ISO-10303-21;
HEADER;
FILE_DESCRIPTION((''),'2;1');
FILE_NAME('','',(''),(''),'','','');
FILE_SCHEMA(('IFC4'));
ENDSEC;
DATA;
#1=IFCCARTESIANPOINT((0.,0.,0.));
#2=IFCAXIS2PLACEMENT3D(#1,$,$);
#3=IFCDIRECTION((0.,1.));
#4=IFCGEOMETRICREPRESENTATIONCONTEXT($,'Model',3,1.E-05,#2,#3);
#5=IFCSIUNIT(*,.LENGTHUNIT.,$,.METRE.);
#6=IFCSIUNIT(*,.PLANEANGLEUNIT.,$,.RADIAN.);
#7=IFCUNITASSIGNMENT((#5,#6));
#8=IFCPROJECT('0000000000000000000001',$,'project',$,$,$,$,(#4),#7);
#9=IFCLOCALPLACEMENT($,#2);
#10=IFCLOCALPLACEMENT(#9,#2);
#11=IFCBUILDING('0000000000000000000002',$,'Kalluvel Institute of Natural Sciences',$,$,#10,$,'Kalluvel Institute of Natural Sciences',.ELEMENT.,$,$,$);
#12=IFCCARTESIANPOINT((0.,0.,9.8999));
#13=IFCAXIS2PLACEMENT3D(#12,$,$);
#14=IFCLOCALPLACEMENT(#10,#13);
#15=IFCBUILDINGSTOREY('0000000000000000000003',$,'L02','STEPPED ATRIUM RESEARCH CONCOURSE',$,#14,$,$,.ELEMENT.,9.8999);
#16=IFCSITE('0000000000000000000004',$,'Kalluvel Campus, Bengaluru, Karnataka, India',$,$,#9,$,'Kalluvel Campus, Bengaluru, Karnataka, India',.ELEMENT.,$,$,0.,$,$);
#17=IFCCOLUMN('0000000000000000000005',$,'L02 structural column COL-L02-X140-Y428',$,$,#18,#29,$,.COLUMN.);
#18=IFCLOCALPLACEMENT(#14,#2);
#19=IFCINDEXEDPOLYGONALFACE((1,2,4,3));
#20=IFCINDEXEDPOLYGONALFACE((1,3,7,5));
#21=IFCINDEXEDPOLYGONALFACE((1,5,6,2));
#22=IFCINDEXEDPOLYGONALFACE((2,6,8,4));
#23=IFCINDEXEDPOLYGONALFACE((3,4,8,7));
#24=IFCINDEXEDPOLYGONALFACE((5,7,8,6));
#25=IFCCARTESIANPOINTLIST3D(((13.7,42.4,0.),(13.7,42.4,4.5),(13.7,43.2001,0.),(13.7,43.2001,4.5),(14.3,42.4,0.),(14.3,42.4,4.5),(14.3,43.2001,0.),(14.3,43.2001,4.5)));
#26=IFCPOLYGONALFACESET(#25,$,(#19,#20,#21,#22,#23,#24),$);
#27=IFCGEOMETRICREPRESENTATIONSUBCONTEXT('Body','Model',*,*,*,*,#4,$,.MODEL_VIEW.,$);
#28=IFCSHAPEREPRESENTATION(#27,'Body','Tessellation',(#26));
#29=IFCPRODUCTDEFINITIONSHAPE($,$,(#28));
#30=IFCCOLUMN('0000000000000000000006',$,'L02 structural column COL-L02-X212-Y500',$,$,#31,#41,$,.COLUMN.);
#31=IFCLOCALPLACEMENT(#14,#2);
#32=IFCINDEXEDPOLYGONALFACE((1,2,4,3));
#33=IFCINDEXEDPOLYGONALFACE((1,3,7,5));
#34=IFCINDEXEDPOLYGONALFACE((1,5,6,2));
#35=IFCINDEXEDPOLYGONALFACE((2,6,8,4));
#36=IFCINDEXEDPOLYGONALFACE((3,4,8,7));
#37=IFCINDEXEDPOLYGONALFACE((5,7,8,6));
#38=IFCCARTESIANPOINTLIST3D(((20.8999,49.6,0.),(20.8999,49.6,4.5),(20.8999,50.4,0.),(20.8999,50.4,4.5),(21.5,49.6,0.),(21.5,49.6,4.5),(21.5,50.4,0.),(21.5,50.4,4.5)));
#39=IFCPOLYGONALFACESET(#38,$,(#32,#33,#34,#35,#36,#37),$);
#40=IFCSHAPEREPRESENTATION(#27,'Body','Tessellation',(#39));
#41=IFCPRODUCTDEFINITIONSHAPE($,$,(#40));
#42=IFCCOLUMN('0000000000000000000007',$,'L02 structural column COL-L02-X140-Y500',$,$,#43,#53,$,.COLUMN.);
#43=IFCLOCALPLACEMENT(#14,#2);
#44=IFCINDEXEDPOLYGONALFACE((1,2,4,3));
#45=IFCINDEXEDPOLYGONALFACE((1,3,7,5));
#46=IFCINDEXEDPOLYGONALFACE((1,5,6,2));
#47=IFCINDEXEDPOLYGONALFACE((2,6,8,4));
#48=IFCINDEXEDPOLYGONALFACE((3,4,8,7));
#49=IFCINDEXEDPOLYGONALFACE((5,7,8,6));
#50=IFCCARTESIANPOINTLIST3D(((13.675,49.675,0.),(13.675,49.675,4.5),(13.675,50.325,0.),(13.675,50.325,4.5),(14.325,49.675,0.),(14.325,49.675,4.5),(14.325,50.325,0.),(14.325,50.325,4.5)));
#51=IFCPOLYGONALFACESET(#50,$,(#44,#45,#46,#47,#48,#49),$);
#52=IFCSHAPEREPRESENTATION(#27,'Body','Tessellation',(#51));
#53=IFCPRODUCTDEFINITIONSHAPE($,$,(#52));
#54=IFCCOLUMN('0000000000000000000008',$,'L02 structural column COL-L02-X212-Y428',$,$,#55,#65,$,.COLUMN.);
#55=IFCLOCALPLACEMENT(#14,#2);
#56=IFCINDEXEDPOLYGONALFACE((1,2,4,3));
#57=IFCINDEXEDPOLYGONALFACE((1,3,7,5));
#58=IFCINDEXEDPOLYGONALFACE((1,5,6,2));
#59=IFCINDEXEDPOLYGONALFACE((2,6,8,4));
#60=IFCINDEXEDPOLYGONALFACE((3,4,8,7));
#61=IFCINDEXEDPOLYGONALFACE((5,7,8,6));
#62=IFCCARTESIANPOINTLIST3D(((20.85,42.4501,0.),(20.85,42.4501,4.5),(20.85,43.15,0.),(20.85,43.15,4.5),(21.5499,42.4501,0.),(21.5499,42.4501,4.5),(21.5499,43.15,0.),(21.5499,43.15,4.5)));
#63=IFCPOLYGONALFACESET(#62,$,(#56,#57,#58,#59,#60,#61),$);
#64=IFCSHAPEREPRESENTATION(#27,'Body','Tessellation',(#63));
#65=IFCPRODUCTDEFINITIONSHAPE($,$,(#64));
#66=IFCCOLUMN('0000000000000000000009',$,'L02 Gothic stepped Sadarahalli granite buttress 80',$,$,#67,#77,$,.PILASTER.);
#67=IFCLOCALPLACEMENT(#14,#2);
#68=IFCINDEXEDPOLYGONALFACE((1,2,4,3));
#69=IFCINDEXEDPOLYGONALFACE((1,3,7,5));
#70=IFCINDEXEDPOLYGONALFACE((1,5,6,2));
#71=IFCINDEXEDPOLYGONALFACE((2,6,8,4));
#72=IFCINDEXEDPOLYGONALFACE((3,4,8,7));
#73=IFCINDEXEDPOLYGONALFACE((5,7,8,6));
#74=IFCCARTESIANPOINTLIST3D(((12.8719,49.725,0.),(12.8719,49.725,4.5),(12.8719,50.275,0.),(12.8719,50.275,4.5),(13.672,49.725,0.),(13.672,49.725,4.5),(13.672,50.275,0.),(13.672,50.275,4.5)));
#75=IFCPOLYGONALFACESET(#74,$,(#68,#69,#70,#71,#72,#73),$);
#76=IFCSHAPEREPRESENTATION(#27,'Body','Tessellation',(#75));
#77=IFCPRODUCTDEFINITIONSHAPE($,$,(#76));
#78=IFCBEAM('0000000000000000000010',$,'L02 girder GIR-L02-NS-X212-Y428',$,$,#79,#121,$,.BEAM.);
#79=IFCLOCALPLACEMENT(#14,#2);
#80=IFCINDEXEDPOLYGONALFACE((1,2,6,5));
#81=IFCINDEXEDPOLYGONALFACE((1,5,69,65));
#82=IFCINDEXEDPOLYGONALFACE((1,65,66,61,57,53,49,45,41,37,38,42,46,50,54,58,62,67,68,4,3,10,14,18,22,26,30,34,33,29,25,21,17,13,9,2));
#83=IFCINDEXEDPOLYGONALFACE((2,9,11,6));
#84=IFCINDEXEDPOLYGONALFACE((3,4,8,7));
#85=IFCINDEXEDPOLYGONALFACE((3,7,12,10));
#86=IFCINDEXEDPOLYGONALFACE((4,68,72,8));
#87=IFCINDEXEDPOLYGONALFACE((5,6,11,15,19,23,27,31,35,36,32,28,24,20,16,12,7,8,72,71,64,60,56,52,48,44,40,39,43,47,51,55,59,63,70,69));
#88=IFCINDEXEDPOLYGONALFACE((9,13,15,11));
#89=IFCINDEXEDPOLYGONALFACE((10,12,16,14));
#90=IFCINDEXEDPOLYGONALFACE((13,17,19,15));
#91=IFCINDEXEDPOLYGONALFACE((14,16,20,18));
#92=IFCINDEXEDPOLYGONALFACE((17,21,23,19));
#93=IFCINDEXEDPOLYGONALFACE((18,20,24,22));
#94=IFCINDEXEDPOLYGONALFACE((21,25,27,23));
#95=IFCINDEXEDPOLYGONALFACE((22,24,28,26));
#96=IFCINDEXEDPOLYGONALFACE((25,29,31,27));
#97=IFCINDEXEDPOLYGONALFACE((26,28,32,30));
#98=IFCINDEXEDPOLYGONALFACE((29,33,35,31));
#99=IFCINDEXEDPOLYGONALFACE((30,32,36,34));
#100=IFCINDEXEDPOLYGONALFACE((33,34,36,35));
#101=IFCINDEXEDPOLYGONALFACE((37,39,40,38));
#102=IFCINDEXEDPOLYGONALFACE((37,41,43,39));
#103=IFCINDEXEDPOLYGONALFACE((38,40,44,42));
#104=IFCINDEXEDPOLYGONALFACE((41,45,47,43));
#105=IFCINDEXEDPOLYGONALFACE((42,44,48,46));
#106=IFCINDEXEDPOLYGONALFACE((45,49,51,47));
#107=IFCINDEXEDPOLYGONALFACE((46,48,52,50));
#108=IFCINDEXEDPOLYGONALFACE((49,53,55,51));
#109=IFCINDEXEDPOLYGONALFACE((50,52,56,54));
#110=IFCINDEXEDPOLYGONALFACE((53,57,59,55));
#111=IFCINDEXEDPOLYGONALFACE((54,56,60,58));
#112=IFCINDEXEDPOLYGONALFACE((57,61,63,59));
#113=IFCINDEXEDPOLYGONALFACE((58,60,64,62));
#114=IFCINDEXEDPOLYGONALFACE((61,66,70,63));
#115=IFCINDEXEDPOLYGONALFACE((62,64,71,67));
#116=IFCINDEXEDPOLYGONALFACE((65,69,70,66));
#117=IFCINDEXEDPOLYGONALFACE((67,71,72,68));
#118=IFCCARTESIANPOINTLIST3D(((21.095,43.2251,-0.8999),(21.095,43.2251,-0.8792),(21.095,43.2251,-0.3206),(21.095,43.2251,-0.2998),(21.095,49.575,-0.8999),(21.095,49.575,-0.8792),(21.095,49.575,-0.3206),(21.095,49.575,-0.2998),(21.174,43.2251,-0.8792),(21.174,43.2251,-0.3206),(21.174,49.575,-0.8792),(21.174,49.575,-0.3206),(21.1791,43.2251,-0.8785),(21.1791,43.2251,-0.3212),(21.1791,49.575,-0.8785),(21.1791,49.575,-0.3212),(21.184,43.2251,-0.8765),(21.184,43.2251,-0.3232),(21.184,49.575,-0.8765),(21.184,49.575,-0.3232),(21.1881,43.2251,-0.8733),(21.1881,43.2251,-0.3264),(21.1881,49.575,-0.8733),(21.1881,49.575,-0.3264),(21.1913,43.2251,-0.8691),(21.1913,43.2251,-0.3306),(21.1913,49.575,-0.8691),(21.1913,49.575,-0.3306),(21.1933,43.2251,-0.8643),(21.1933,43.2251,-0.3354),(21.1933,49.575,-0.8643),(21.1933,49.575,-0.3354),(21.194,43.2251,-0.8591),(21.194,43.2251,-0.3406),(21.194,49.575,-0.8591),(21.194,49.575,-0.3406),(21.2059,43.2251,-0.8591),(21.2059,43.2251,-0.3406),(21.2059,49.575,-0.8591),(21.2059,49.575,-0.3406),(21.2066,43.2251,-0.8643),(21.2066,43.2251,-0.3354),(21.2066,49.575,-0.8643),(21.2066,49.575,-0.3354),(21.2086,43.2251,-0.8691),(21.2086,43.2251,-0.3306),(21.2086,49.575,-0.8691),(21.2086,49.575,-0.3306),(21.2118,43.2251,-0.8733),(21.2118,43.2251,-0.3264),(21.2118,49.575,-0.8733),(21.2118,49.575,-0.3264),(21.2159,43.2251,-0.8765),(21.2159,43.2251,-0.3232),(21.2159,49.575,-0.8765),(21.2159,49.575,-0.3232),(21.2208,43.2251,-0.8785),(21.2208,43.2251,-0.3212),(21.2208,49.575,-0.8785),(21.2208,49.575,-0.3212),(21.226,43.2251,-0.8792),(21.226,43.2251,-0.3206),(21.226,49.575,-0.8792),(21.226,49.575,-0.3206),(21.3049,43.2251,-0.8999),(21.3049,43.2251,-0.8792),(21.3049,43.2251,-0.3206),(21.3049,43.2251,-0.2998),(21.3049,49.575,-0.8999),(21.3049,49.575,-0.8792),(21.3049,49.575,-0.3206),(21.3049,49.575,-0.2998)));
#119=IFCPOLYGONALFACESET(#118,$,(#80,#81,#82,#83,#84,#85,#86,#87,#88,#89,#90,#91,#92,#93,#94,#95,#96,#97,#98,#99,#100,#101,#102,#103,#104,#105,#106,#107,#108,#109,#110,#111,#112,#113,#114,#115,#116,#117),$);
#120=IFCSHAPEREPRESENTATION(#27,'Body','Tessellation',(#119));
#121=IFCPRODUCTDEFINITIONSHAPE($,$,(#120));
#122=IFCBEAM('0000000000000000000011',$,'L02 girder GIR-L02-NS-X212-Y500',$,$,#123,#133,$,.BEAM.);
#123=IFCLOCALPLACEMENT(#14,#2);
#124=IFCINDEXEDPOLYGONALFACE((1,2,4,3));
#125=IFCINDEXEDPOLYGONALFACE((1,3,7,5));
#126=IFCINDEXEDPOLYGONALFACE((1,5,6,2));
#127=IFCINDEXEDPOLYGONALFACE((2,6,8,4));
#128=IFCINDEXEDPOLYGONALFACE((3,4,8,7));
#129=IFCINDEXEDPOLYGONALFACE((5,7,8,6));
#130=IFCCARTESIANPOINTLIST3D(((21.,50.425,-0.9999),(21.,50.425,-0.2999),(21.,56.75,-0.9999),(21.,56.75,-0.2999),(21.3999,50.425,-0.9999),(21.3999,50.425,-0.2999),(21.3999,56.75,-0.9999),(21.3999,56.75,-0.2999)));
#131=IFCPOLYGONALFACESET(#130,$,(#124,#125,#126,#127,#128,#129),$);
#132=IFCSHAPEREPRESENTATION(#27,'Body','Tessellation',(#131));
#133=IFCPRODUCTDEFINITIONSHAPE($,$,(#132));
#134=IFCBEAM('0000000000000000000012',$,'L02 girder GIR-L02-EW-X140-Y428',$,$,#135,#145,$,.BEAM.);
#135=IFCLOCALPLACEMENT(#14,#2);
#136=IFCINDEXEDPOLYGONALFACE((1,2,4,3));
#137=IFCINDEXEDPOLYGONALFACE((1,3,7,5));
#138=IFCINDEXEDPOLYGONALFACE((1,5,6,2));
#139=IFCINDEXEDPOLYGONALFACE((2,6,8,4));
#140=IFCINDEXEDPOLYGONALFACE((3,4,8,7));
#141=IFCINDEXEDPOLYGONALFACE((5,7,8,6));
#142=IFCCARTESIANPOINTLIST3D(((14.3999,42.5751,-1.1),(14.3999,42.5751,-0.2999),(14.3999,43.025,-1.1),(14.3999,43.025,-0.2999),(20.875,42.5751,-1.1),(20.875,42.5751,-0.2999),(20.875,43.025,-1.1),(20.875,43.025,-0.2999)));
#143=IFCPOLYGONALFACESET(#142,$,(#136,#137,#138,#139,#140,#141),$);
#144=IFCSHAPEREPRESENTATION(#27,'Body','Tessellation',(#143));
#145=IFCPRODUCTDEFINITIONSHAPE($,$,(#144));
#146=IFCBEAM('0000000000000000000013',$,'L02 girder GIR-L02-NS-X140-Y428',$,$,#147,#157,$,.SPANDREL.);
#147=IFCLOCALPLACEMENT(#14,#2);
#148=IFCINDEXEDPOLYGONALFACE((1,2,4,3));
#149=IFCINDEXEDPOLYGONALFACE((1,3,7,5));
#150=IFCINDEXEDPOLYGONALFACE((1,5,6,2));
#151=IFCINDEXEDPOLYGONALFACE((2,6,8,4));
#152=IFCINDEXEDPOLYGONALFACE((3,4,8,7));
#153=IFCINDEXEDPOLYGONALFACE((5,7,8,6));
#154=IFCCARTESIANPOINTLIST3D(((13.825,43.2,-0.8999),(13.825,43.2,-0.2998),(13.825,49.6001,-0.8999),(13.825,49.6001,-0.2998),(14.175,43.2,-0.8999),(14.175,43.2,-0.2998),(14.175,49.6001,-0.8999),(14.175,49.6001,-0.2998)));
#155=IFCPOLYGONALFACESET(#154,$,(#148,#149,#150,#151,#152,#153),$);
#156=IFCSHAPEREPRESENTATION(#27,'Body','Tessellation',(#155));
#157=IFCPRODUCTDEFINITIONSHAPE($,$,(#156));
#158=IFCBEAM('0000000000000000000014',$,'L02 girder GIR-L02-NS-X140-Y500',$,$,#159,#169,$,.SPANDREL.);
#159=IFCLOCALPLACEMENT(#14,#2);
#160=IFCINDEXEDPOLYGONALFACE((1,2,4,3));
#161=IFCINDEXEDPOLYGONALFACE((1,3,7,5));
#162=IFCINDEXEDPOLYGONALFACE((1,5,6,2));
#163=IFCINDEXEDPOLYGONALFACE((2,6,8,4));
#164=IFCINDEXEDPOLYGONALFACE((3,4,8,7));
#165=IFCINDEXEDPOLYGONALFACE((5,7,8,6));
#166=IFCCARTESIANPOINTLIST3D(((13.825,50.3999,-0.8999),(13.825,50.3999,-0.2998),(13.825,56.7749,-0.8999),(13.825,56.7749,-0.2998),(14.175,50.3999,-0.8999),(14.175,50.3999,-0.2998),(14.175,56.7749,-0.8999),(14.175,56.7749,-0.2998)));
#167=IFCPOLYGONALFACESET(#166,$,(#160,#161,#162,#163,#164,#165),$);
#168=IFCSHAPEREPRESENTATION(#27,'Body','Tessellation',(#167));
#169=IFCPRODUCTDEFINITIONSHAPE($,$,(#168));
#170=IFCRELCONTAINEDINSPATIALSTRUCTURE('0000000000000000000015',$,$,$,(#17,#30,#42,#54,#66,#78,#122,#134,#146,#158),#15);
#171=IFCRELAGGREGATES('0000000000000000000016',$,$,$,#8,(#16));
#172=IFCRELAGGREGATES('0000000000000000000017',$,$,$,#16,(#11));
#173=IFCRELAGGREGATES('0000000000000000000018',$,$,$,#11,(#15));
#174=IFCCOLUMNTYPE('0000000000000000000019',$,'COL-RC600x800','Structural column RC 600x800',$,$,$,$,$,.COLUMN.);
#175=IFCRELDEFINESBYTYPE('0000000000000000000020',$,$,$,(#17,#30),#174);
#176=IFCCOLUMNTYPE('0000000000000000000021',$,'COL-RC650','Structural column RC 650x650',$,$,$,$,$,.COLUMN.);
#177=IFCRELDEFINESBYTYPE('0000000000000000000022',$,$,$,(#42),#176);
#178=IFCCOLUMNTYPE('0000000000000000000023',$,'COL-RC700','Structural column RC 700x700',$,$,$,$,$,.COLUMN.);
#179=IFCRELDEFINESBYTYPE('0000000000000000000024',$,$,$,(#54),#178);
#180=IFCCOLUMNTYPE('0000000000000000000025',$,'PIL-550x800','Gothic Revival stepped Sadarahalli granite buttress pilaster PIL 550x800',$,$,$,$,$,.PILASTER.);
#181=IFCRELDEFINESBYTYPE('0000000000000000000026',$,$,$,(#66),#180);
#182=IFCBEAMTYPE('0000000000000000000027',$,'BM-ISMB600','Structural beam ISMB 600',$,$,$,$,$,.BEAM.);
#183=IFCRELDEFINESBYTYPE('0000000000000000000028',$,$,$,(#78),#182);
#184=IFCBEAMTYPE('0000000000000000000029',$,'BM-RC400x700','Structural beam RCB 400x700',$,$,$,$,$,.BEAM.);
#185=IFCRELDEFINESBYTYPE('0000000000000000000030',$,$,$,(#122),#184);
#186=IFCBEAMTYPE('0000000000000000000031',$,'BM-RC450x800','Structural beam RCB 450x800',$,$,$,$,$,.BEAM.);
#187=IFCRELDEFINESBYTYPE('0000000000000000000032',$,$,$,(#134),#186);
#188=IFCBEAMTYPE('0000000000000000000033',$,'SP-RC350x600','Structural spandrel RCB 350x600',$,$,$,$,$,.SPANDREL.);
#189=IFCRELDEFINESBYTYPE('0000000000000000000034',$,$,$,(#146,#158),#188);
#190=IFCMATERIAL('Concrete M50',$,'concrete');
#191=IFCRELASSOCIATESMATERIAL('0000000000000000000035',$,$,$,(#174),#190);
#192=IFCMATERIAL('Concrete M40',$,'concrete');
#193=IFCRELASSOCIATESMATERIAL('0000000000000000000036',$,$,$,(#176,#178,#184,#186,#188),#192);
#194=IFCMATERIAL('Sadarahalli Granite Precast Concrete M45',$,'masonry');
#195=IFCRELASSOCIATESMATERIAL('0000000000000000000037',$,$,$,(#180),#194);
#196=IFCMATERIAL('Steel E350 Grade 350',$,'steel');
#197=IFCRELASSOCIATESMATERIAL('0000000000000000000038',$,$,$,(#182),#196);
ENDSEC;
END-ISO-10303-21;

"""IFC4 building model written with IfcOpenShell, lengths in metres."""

from ifc_helpers import new_model, si_unit, direction, frame, origin, origin_2d, place, context, subcontext, project, spatial, rectangle, i_section, extrude, material, material_profile, profile_set, type_object, element, save


model = new_model("IFC4")

# Units and contexts
model_context = context("Model", 3, precision=1e-05, world=origin(), true_north=direction((0.0, 1.0)))
body_context = subcontext(model_context, "Body", "Model", "MODEL_VIEW")
ifc_project = project(units=[si_unit("LENGTHUNIT", "METRE"), si_unit("PLANEANGLEUNIT", "RADIAN")], contexts=[model_context])

# Site, building, storey
site_placement = place(None, origin())
site = spatial("IfcSite", under=ifc_project, at=site_placement, Name="Kalluvel Campus, Bengaluru, Karnataka, India", LongName="Kalluvel Campus, Bengaluru, Karnataka, India", CompositionType="ELEMENT", RefElevation=0.0)
building_placement = place(site_placement, origin())
building = spatial("IfcBuilding", under=site, at=building_placement, Name="Kalluvel Institute of Natural Sciences", LongName="Kalluvel Institute of Natural Sciences", CompositionType="ELEMENT")
storey_placement = place(building_placement, frame((0.0, 0.0, 9.8999)))
storey = spatial("IfcBuildingStorey", under=building, at=storey_placement, Name="L02", Description="STEPPED ATRIUM RESEARCH CONCOURSE", CompositionType="ELEMENT", Elevation=9.8999)

# Columns
ifc_material_1 = material(Name="Concrete M50", Category="concrete")
ifc_material_profile_1 = material_profile(ifc_material_1, rectangle(XDim=0.6001, YDim=0.8, at=origin_2d()), Name="RC 600x800")
ifc_profile_set_1 = profile_set([ifc_material_profile_1], Name="Concrete M50")
column_type_1 = type_object("IfcColumnType", Name="COL-RC600x800", Description="Structural column RC 600x800", PredefinedType="COLUMN", material=ifc_profile_set_1)
for number, where, z_axis, x_axis, name in (
    (1, (14.0, 42.8, 0.0), (0.0, 0.0, 1.0), (1.0, 0.0, 0.0), "L02 structural column COL-L02-X140-Y428"),
    (2, (21.2, 50.0, 0.0), (0.0, 0.0, 1.0), (1.0, 0.0, 0.0), "L02 structural column COL-L02-X212-Y500"),
):
    element("IfcColumn", number, at=place(storey_placement, frame(where, z_axis=z_axis, x_axis=x_axis)), inside=storey, type_object=column_type_1, Name=name, PredefinedType="COLUMN", context=body_context, shape_type="SweptSolid", body=[
        extrude(rectangle(XDim=0.6001, YDim=0.8, at=origin_2d()), origin(), (0.0, 0.0, 1.0), 4.5),
    ])
ifc_material_2 = material(Name="Concrete M40", Category="concrete")
ifc_material_profile_2 = material_profile(ifc_material_2, rectangle(XDim=0.6499, YDim=0.6499, at=origin_2d()), Name="RC 650x650")
ifc_profile_set_2 = profile_set([ifc_material_profile_2], Name="Concrete M40")
column_type_2 = type_object("IfcColumnType", Name="COL-RC650", Description="Structural column RC 650x650", PredefinedType="COLUMN", material=ifc_profile_set_2)
column_1_placement = place(storey_placement, frame((14.0, 50.0, 0.0), z_axis=(0.0, 0.0, 1.0), x_axis=(1.0, 0.0, 0.0)))
element("IfcColumn", 3, at=column_1_placement, inside=storey, type_object=column_type_2, Name="L02 structural column COL-L02-X140-Y500", PredefinedType="COLUMN", context=body_context, shape_type="SweptSolid", body=[
    extrude(rectangle(XDim=0.6499, YDim=0.6499, at=origin_2d()), origin(), (0.0, 0.0, 1.0), 4.5),
])
ifc_material_profile_3 = material_profile(ifc_material_2, rectangle(XDim=0.7, YDim=0.7, at=origin_2d()), Name="RC 700x700")
ifc_profile_set_3 = profile_set([ifc_material_profile_3], Name="Concrete M40")
column_type_3 = type_object("IfcColumnType", Name="COL-RC700", Description="Structural column RC 700x700", PredefinedType="COLUMN", material=ifc_profile_set_3)
column_2_placement = place(storey_placement, frame((21.2, 42.8, 0.0), z_axis=(0.0, 0.0, 1.0), x_axis=(1.0, 0.0, 0.0)))
element("IfcColumn", 4, at=column_2_placement, inside=storey, type_object=column_type_3, Name="L02 structural column COL-L02-X212-Y428", PredefinedType="COLUMN", context=body_context, shape_type="SweptSolid", body=[
    extrude(rectangle(XDim=0.7, YDim=0.7, at=origin_2d()), origin(), (0.0, 0.0, 1.0), 4.5),
])
ifc_material_3 = material(Name="Sadarahalli Granite Precast Concrete M45", Category="masonry")
ifc_material_profile_4 = material_profile(ifc_material_3, rectangle(XDim=0.55, YDim=0.8, at=origin_2d()), Name="PIL 550x800")
ifc_profile_set_4 = profile_set([ifc_material_profile_4], Name="Sadarahalli Granite Precast Concrete M45")
column_type_4 = type_object("IfcColumnType", Name="PIL-550x800", Description="Gothic Revival stepped Sadarahalli granite buttress pilaster PIL 550x800", PredefinedType="PILASTER", material=ifc_profile_set_4)
column_3_placement = place(storey_placement, frame((13.272, 50.0, 0.0), z_axis=(0.0, 0.0, 1.0), x_axis=(0.0, 1.0, 0.0)))
element("IfcColumn", 5, at=column_3_placement, inside=storey, type_object=column_type_4, Name="L02 Gothic stepped Sadarahalli granite buttress 80", PredefinedType="PILASTER", context=body_context, shape_type="SweptSolid", body=[
    extrude(rectangle(XDim=0.55, YDim=0.8, at=origin_2d()), origin(), (0.0, 0.0, 1.0), 4.5),
])

# Beams
ifc_material_4 = material(Name="Steel E350 Grade 350", Category="steel")
ifc_material_profile_5 = material_profile(ifc_material_4, i_section(OverallWidth=0.21, OverallDepth=0.6001, WebThickness=0.012, FlangeThickness=0.0208, FilletRadius=0.02, at=origin_2d()), Name="ISMB 600")
ifc_profile_set_5 = profile_set([ifc_material_profile_5], Name="Steel E350 Grade 350")
beam_type_1 = type_object("IfcBeamType", Name="BM-ISMB600", Description="Structural beam ISMB 600", PredefinedType="BEAM", material=ifc_profile_set_5)
beam_1_placement = place(storey_placement, frame((21.2, 43.2251, -0.5999), z_axis=(0.0, 1.0, 0.0), x_axis=(-1.0, 0.0, 0.0)))
element("IfcBeam", 6, at=beam_1_placement, inside=storey, type_object=beam_type_1, Name="L02 girder GIR-L02-NS-X212-Y428", PredefinedType="BEAM", context=body_context, shape_type="SweptSolid", body=[
    extrude(i_section(OverallWidth=0.21, OverallDepth=0.6001, WebThickness=0.012, FlangeThickness=0.0208, FilletRadius=0.02, at=origin_2d()), origin(), (0.0, 0.0, 1.0), 6.3499),
])
ifc_material_profile_6 = material_profile(ifc_material_2, rectangle(XDim=0.3999, YDim=0.7, at=origin_2d()), Name="RCB 400x700")
ifc_profile_set_6 = profile_set([ifc_material_profile_6], Name="Concrete M40")
beam_type_2 = type_object("IfcBeamType", Name="BM-RC400x700", Description="Structural beam RCB 400x700", PredefinedType="BEAM", material=ifc_profile_set_6)
beam_2_placement = place(storey_placement, frame((21.2, 50.425, -0.6499), z_axis=(0.0, 1.0, 0.0), x_axis=(-1.0, 0.0, 0.0)))
element("IfcBeam", 7, at=beam_2_placement, inside=storey, type_object=beam_type_2, Name="L02 girder GIR-L02-NS-X212-Y500", PredefinedType="BEAM", context=body_context, shape_type="SweptSolid", body=[
    extrude(rectangle(XDim=0.3999, YDim=0.7, at=origin_2d()), origin(), (0.0, 0.0, 1.0), 6.325),
])
ifc_material_profile_7 = material_profile(ifc_material_2, rectangle(XDim=0.45, YDim=0.8, at=origin_2d()), Name="RCB 450x800")
ifc_profile_set_7 = profile_set([ifc_material_profile_7], Name="Concrete M40")
beam_type_3 = type_object("IfcBeamType", Name="BM-RC450x800", Description="Structural beam RCB 450x800", PredefinedType="BEAM", material=ifc_profile_set_7)
beam_3_placement = place(storey_placement, frame((14.3999, 42.8, -0.7), z_axis=(1.0, 0.0, 0.0), x_axis=(0.0, 1.0, 0.0)))
element("IfcBeam", 8, at=beam_3_placement, inside=storey, type_object=beam_type_3, Name="L02 girder GIR-L02-EW-X140-Y428", PredefinedType="BEAM", context=body_context, shape_type="SweptSolid", body=[
    extrude(rectangle(XDim=0.45, YDim=0.8, at=origin_2d()), origin(), (0.0, 0.0, 1.0), 6.4751),
])
ifc_material_profile_8 = material_profile(ifc_material_2, rectangle(XDim=0.3501, YDim=0.6001, at=origin_2d()), Name="RCB 350x600")
ifc_profile_set_8 = profile_set([ifc_material_profile_8], Name="Concrete M40")
beam_type_4 = type_object("IfcBeamType", Name="SP-RC350x600", Description="Structural spandrel RCB 350x600", PredefinedType="SPANDREL", material=ifc_profile_set_8)
beam_4_placement = place(storey_placement, frame((14.0, 43.2, -0.5999), z_axis=(0.0, 1.0, 0.0), x_axis=(-1.0, 0.0, 0.0)))
element("IfcBeam", 9, at=beam_4_placement, inside=storey, type_object=beam_type_4, Name="L02 girder GIR-L02-NS-X140-Y428", PredefinedType="SPANDREL", context=body_context, shape_type="SweptSolid", body=[
    extrude(rectangle(XDim=0.3501, YDim=0.6001, at=origin_2d()), origin(), (0.0, 0.0, 1.0), 6.4001),
])
beam_5_placement = place(storey_placement, frame((14.0, 50.3999, -0.5999), z_axis=(0.0, 1.0, 0.0), x_axis=(-1.0, 0.0, 0.0)))
element("IfcBeam", 10, at=beam_5_placement, inside=storey, type_object=beam_type_4, Name="L02 girder GIR-L02-NS-X140-Y500", PredefinedType="SPANDREL", context=body_context, shape_type="SweptSolid", body=[
    extrude(rectangle(XDim=0.3501, YDim=0.6001, at=origin_2d()), origin(), (0.0, 0.0, 1.0), 6.375),
])

save(model, "model.ifc")
